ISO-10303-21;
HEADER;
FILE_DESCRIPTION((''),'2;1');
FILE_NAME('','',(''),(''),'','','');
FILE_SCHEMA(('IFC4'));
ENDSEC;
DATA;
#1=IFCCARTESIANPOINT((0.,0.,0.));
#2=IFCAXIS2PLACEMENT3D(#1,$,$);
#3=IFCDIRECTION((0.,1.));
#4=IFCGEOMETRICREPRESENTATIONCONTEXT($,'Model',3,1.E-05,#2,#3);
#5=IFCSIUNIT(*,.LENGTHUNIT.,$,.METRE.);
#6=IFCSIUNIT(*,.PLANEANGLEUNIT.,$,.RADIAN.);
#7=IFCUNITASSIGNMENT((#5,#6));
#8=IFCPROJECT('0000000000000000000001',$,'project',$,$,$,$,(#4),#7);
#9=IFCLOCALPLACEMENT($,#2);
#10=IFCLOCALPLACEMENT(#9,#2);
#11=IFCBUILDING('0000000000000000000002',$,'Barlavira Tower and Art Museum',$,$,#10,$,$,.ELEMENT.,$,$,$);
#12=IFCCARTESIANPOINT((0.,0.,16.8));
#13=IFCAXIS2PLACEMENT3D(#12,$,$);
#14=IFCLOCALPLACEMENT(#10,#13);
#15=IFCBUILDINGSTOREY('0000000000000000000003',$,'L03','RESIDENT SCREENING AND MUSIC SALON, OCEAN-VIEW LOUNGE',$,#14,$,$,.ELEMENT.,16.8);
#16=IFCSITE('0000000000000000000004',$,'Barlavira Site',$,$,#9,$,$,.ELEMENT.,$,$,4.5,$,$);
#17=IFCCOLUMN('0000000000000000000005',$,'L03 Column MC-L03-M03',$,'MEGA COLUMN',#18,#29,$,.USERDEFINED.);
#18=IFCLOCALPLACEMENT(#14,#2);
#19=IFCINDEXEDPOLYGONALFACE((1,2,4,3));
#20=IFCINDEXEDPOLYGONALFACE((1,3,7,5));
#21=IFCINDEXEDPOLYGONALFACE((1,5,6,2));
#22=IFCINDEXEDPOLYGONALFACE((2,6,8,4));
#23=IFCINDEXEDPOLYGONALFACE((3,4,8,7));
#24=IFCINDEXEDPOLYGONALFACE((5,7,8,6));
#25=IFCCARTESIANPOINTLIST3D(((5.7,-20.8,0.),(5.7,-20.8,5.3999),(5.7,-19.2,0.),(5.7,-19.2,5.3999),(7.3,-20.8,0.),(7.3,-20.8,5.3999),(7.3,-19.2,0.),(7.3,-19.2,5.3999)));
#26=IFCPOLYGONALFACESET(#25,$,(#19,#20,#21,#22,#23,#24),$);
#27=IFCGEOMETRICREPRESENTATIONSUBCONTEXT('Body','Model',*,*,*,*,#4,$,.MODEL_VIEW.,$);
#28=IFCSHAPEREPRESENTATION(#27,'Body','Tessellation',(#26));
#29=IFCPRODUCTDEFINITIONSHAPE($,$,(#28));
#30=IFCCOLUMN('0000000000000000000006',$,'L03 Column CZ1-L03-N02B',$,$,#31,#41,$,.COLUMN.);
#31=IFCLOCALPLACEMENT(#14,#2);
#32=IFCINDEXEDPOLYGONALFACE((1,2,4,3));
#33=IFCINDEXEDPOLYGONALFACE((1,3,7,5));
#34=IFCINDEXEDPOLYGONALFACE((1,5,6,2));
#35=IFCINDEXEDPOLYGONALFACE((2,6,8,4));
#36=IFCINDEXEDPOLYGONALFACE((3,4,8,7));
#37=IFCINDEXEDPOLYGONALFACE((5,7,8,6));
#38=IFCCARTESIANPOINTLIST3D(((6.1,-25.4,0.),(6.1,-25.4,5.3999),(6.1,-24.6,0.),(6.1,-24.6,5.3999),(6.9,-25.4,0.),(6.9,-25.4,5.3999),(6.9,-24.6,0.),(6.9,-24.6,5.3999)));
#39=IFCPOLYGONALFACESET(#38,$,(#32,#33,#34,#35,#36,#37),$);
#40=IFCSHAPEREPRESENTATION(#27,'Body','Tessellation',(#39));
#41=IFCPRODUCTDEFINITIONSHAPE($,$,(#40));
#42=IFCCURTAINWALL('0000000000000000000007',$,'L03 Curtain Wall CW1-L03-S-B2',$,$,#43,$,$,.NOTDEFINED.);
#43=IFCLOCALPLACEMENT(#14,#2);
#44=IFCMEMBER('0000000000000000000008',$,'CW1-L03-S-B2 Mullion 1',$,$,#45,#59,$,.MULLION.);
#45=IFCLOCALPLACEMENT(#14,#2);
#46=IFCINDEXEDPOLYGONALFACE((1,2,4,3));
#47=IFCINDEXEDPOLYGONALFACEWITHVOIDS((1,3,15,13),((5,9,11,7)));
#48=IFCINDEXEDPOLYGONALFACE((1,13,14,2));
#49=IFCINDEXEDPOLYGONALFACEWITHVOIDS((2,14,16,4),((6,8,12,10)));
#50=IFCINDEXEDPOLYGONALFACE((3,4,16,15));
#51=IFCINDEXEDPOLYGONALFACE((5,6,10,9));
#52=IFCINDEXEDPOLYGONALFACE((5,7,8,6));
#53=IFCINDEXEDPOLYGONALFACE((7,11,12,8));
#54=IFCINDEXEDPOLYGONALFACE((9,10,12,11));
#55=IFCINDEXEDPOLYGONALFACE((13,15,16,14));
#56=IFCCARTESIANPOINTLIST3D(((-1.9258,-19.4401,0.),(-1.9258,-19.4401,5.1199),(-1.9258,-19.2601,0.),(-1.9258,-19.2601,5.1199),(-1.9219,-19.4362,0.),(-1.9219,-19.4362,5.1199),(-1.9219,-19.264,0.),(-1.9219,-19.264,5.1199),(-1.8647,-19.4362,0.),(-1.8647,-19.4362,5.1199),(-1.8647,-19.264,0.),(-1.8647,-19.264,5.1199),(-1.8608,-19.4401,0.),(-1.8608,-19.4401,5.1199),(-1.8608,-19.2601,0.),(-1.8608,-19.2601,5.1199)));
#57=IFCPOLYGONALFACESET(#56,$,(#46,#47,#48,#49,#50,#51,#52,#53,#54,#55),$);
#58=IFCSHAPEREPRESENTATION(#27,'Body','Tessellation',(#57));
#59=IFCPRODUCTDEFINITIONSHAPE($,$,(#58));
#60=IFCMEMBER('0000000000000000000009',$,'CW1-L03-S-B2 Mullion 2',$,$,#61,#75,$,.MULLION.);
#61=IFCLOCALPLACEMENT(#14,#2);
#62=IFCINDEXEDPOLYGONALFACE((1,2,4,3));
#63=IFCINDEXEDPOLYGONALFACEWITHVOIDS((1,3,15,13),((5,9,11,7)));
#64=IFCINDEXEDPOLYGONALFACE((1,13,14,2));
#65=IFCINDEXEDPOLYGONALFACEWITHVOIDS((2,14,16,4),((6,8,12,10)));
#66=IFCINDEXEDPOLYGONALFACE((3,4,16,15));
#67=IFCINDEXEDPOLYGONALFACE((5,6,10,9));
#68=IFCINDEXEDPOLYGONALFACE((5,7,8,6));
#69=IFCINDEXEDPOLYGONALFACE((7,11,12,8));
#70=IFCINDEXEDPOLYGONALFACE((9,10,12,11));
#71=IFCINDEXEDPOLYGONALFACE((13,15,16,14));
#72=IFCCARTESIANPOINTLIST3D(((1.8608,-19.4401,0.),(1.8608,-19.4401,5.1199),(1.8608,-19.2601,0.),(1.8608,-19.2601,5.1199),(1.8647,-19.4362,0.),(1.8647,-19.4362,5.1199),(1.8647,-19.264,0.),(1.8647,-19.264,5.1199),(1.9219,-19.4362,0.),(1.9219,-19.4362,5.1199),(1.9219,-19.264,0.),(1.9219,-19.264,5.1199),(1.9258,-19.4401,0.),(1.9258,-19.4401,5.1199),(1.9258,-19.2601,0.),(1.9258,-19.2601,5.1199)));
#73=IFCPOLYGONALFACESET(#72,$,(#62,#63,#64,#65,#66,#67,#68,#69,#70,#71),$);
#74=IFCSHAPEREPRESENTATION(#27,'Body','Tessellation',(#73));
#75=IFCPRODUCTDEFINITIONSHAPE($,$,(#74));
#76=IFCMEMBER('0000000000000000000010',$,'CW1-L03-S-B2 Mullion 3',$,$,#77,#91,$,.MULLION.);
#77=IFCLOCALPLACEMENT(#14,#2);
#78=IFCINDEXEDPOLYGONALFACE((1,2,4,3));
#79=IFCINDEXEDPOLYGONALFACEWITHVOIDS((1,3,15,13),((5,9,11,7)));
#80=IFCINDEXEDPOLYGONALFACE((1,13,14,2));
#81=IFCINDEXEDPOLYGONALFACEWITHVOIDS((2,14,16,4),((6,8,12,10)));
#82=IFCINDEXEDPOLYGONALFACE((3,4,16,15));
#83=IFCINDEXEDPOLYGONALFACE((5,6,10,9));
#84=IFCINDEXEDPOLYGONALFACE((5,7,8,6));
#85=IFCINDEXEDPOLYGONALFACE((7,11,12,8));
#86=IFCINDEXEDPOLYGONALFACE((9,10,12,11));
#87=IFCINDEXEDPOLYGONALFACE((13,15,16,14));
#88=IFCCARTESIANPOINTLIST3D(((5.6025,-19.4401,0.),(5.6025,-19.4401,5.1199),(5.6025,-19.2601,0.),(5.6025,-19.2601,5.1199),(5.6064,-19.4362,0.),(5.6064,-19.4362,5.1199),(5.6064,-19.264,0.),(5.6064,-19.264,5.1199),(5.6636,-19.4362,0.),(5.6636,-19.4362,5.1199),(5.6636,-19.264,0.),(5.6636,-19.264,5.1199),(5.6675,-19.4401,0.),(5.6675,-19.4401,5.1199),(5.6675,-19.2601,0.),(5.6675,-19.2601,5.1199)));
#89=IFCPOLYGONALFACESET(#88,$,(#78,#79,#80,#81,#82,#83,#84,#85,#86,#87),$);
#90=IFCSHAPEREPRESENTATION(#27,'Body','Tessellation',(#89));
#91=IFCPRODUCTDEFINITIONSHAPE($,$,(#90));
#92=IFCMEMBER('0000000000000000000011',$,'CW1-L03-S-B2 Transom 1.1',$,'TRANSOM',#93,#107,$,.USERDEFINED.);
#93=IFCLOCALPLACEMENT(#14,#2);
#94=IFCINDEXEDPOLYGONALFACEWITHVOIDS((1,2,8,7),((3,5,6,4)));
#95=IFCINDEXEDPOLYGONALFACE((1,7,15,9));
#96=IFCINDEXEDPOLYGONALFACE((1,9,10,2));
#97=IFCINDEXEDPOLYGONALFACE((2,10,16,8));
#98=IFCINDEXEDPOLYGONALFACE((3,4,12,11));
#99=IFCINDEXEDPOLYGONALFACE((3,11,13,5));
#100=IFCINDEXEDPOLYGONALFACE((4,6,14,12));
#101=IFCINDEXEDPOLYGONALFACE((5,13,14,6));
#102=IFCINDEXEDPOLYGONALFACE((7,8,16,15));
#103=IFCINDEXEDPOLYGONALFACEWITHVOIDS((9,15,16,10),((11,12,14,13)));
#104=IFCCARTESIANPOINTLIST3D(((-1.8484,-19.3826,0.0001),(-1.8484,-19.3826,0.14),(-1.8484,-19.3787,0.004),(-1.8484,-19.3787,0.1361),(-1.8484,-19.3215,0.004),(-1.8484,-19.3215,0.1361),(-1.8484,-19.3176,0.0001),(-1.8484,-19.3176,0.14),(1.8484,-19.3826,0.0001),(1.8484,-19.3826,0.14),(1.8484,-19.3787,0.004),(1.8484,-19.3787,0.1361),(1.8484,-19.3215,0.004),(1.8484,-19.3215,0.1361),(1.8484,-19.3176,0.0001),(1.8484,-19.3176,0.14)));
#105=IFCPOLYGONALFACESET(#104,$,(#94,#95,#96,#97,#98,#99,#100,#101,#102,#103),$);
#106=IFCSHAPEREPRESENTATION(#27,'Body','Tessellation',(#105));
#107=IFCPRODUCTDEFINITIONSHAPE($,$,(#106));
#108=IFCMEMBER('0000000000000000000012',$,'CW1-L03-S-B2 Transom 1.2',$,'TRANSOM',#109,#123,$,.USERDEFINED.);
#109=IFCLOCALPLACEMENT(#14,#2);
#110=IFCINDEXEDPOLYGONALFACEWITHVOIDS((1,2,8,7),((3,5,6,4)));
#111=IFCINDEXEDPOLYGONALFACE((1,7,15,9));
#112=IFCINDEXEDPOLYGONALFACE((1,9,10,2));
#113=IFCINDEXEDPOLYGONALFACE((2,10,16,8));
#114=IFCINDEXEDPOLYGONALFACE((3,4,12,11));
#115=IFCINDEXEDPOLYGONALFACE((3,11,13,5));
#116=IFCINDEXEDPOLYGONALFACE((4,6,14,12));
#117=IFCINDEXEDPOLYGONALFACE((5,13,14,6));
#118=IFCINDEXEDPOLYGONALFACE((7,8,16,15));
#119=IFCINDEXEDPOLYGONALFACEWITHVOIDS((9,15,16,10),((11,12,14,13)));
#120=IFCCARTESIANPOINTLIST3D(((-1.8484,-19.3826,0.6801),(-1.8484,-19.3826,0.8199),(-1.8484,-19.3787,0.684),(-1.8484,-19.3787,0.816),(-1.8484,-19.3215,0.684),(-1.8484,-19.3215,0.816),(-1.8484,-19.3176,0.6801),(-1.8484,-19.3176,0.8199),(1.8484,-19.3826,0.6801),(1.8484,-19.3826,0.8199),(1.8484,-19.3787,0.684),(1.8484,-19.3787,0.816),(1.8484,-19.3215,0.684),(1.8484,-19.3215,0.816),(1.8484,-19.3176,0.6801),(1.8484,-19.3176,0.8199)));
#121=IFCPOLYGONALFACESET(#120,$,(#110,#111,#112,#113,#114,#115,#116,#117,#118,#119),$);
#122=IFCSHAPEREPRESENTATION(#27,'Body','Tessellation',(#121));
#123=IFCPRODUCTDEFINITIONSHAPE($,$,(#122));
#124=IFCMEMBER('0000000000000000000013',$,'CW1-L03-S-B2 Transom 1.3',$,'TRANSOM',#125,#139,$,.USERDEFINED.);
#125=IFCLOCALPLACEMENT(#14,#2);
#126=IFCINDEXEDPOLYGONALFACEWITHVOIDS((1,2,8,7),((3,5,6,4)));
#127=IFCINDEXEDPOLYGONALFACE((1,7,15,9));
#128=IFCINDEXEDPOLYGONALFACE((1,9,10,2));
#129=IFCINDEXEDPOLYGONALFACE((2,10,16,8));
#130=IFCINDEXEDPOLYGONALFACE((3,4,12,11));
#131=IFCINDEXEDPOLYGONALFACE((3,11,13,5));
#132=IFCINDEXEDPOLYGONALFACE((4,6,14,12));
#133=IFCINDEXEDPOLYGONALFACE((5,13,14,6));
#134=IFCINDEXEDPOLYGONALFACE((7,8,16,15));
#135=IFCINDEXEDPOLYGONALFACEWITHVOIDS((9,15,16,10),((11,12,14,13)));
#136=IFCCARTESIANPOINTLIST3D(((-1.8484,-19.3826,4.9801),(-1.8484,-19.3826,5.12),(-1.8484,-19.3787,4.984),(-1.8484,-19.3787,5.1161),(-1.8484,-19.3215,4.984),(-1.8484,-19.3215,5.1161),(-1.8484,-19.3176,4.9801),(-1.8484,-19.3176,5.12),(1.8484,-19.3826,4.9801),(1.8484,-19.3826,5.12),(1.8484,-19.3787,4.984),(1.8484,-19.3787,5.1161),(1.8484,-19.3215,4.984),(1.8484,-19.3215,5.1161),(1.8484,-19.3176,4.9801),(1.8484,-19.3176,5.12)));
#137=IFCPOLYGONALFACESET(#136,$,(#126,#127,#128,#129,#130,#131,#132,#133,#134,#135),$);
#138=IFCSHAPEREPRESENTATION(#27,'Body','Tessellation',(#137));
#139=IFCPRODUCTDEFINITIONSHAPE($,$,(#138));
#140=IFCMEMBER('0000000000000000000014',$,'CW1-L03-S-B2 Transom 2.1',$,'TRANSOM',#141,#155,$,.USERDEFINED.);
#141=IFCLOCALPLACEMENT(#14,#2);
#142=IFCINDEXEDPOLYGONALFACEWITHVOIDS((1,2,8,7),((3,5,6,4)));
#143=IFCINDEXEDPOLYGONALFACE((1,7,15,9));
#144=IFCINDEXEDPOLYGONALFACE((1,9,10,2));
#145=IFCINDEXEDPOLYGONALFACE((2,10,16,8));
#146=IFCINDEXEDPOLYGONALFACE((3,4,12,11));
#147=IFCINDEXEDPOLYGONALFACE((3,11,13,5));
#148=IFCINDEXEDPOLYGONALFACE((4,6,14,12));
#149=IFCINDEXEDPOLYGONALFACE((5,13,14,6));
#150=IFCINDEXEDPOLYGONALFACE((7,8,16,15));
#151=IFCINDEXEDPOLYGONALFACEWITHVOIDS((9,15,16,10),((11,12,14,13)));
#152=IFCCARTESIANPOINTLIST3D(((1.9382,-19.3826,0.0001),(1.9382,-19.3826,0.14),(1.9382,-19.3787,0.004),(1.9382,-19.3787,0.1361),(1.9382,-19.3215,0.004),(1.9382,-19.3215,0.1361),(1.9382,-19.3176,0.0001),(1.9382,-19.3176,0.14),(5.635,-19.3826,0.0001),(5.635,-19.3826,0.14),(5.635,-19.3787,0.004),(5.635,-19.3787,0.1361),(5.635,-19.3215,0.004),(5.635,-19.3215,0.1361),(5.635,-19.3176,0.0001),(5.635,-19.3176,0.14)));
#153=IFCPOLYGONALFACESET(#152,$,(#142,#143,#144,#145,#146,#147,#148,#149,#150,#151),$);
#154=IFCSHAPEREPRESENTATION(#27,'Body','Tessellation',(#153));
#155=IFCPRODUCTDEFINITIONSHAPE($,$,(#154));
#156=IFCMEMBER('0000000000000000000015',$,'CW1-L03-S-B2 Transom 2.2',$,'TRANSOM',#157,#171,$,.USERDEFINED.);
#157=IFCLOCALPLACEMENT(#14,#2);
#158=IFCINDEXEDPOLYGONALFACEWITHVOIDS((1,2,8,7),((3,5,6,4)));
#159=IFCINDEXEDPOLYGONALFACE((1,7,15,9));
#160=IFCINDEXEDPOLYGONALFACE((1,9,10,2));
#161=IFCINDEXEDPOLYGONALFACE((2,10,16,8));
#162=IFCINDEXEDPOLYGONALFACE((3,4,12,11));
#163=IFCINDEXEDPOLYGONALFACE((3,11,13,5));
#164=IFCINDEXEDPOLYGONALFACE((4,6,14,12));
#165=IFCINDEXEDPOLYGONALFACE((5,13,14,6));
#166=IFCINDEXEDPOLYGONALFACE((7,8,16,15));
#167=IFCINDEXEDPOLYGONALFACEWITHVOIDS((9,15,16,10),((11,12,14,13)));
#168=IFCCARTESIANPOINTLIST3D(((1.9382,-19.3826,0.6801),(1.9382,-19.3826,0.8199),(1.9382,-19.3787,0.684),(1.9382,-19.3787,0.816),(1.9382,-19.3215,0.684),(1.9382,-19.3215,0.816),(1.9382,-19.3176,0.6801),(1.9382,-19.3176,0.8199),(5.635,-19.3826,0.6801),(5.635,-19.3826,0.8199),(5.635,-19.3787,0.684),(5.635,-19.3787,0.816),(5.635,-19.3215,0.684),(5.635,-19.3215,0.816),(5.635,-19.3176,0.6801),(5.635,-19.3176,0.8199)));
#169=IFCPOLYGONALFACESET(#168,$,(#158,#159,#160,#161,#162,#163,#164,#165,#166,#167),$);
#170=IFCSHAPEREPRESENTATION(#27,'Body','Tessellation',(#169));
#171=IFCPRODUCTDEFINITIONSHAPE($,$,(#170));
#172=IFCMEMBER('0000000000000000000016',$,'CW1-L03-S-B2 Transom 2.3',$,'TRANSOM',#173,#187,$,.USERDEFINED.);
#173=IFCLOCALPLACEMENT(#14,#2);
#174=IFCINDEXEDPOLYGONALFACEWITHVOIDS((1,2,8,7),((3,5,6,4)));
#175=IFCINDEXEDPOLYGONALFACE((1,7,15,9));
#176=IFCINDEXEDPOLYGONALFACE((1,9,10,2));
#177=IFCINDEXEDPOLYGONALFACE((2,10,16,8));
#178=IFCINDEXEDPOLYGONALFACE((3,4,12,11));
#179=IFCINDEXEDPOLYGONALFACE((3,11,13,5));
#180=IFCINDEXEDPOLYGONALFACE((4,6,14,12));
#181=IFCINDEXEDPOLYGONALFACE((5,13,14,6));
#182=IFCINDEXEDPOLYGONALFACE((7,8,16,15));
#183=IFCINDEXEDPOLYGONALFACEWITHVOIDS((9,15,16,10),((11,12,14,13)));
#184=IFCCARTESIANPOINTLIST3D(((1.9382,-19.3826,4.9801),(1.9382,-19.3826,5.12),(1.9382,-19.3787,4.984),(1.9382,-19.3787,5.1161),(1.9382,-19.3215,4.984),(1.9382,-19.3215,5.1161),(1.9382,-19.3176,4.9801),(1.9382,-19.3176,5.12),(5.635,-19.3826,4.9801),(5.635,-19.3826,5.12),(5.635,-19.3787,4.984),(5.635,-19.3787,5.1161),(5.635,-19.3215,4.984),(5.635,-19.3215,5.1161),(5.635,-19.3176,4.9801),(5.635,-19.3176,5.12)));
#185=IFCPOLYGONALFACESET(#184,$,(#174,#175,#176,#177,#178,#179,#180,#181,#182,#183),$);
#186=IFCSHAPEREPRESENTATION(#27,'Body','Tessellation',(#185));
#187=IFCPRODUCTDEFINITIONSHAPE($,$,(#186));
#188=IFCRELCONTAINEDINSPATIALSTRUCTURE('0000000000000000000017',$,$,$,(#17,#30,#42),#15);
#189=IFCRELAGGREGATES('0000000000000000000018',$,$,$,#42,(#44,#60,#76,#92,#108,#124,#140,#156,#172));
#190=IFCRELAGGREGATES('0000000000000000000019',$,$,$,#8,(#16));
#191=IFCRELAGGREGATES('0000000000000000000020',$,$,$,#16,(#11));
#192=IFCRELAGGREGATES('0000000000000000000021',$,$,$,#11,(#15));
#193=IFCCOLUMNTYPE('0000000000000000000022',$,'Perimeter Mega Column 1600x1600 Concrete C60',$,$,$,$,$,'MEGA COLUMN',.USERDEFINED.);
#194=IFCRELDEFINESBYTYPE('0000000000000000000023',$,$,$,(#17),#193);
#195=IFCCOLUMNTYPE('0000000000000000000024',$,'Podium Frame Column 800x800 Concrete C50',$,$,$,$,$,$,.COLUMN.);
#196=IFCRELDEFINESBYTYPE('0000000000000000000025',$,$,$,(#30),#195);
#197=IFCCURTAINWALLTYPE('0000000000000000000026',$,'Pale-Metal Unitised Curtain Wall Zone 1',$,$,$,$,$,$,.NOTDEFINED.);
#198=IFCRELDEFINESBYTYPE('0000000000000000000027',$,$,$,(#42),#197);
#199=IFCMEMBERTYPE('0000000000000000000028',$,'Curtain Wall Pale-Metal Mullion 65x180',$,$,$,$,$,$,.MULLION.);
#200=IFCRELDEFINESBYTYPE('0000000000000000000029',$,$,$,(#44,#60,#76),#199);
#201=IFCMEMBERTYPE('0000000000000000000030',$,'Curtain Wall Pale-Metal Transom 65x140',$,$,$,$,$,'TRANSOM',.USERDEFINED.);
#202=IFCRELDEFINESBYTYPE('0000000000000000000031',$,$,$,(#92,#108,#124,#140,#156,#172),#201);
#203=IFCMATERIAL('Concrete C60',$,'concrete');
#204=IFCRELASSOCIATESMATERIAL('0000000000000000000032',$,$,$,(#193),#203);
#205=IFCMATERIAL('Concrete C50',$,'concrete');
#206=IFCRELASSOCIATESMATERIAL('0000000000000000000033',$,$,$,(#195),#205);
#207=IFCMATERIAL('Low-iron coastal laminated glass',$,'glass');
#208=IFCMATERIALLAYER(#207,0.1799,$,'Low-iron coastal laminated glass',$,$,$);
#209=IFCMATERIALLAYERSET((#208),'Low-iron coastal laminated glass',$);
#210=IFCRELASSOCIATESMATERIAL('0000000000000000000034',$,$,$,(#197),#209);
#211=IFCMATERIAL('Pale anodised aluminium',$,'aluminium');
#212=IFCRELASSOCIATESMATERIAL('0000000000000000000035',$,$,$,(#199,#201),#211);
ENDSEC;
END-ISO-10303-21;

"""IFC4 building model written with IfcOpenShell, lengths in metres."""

from ifc_helpers import new_model, si_unit, direction, frame, origin, origin_2d, place, context, subcontext, project, spatial, rectangle, hollow_rectangle, extrude, material, layer, layer_set, material_profile, profile_set, type_object, element, aggregate, save


model = new_model("IFC4")

# Units and contexts
model_context = context("Model", 3, precision=1e-05, world=origin(), true_north=direction((0.0, 1.0)))
body_context = subcontext(model_context, "Body", "Model", "MODEL_VIEW")
ifc_project = project(units=[si_unit("LENGTHUNIT", "METRE"), si_unit("PLANEANGLEUNIT", "RADIAN")], contexts=[model_context])

# Site, building, storey
site_placement = place(None, origin())
site = spatial("IfcSite", under=ifc_project, at=site_placement, Name="Barlavira Site", CompositionType="ELEMENT", RefElevation=4.5)
building_placement = place(site_placement, origin())
building = spatial("IfcBuilding", under=site, at=building_placement, Name="Barlavira Tower and Art Museum", CompositionType="ELEMENT")
storey_placement = place(building_placement, frame((0.0, 0.0, 16.8)))
storey = spatial("IfcBuildingStorey", under=building, at=storey_placement, Name="L03", Description="RESIDENT SCREENING AND MUSIC SALON, OCEAN-VIEW LOUNGE", CompositionType="ELEMENT", Elevation=16.8)

# Columns
ifc_material_1 = material(Name="Concrete C60", Category="concrete")
ifc_material_profile_1 = material_profile(ifc_material_1, rectangle(XDim=1.6001, YDim=1.6001, at=origin_2d()), Name="RC-MCOL 1600x1600")
ifc_profile_set_1 = profile_set([ifc_material_profile_1], Name="Concrete C60")
column_type_1 = type_object("IfcColumnType", Name="Perimeter Mega Column 1600x1600 Concrete C60", ElementType="MEGA COLUMN", PredefinedType="USERDEFINED", material=ifc_profile_set_1)
column_1_placement = place(storey_placement, frame((6.5, -20.0, 0.0), z_axis=(0.0, 0.0, 1.0), x_axis=(1.0, 0.0, 0.0)))
element("IfcColumn", 1, at=column_1_placement, inside=storey, type_object=column_type_1, Name="L03 Column MC-L03-M03", ObjectType="MEGA COLUMN", PredefinedType="USERDEFINED", context=body_context, shape_type="SweptSolid", body=[
    extrude(rectangle(XDim=1.6001, YDim=1.6001, at=origin_2d()), origin(), (0.0, 0.0, 1.0), 5.3999),
])
ifc_material_2 = material(Name="Concrete C50", Category="concrete")
ifc_material_profile_2 = material_profile(ifc_material_2, rectangle(XDim=0.8, YDim=0.8, at=origin_2d()), Name="RC-COL 800x800")
ifc_profile_set_2 = profile_set([ifc_material_profile_2], Name="Concrete C50")
column_type_2 = type_object("IfcColumnType", Name="Podium Frame Column 800x800 Concrete C50", PredefinedType="COLUMN", material=ifc_profile_set_2)
column_2_placement = place(storey_placement, frame((6.5, -25.0, 0.0), z_axis=(0.0, 0.0, 1.0), x_axis=(1.0, 0.0, 0.0)))
element("IfcColumn", 2, at=column_2_placement, inside=storey, type_object=column_type_2, Name="L03 Column CZ1-L03-N02B", PredefinedType="COLUMN", context=body_context, shape_type="SweptSolid", body=[
    extrude(rectangle(XDim=0.8, YDim=0.8, at=origin_2d()), origin(), (0.0, 0.0, 1.0), 5.3999),
])

# Curtain wall, members
ifc_material_3 = material(Name="Low-iron coastal laminated glass", Category="glass")
ifc_layer_1 = layer(ifc_material_3, 0.1799, Name="Low-iron coastal laminated glass")
ifc_layer_set_1 = layer_set([ifc_layer_1], Name="Low-iron coastal laminated glass")
curtain_wall_type = type_object("IfcCurtainWallType", Name="Pale-Metal Unitised Curtain Wall Zone 1", PredefinedType="NOTDEFINED", material=ifc_layer_set_1)
curtain_wall_placement = place(storey_placement, origin())
curtain_wall = element("IfcCurtainWall", 3, at=curtain_wall_placement, inside=storey, type_object=curtain_wall_type, Name="L03 Curtain Wall CW1-L03-S-B2", PredefinedType="NOTDEFINED")
ifc_material_4 = material(Name="Pale anodised aluminium", Category="aluminium")
ifc_material_profile_3 = material_profile(ifc_material_4, hollow_rectangle(XDim=0.0649, YDim=0.1799, WallThickness=0.0039, at=origin_2d()), Name="ALU-MULL 65x180x4")
ifc_profile_set_3 = profile_set([ifc_material_profile_3], Name="Pale anodised aluminium")
member_type_1 = type_object("IfcMemberType", Name="Curtain Wall Pale-Metal Mullion 65x180", PredefinedType="MULLION", material=ifc_profile_set_3)
member_1_placement = place(storey_placement, frame((-1.8933, -19.3501, 0.0), z_axis=(0.0, 0.0, 1.0), x_axis=(1.0, 0.0, 0.0)))
member_1 = element("IfcMember", 4, at=member_1_placement, type_object=member_type_1, Name="CW1-L03-S-B2 Mullion 1", PredefinedType="MULLION", context=body_context, shape_type="SweptSolid", body=[
    extrude(hollow_rectangle(XDim=0.0649, YDim=0.1799, WallThickness=0.0039, at=origin_2d()), origin(), (0.0, 0.0, 1.0), 5.1199),
])
member_2_placement = place(storey_placement, frame((1.8933, -19.3501, 0.0), z_axis=(0.0, 0.0, 1.0), x_axis=(1.0, 0.0, 0.0)))
member_2 = element("IfcMember", 5, at=member_2_placement, type_object=member_type_1, Name="CW1-L03-S-B2 Mullion 2", PredefinedType="MULLION", context=body_context, shape_type="SweptSolid", body=[
    extrude(hollow_rectangle(XDim=0.0649, YDim=0.1799, WallThickness=0.0039, at=origin_2d()), origin(), (0.0, 0.0, 1.0), 5.1199),
])
member_3_placement = place(storey_placement, frame((5.635, -19.3501, 0.0), z_axis=(0.0, 0.0, 1.0), x_axis=(1.0, 0.0, 0.0)))
member_3 = element("IfcMember", 6, at=member_3_placement, type_object=member_type_1, Name="CW1-L03-S-B2 Mullion 3", PredefinedType="MULLION", context=body_context, shape_type="SweptSolid", body=[
    extrude(hollow_rectangle(XDim=0.0649, YDim=0.1799, WallThickness=0.0039, at=origin_2d()), origin(), (0.0, 0.0, 1.0), 5.1199),
])
ifc_material_profile_4 = material_profile(ifc_material_4, hollow_rectangle(XDim=0.0649, YDim=0.1399, WallThickness=0.0039, at=origin_2d()), Name="ALU-TRAN 65x140x4")
ifc_profile_set_4 = profile_set([ifc_material_profile_4], Name="Pale anodised aluminium")
member_type_2 = type_object("IfcMemberType", Name="Curtain Wall Pale-Metal Transom 65x140", ElementType="TRANSOM", PredefinedType="USERDEFINED", material=ifc_profile_set_4)
member_4_placement = place(storey_placement, frame((-1.8484, -19.3501, 0.0701), z_axis=(1.0, 0.0, 0.0), x_axis=(0.0, 1.0, 0.0)))
member_4 = element("IfcMember", 7, at=member_4_placement, type_object=member_type_2, Name="CW1-L03-S-B2 Transom 1.1", ObjectType="TRANSOM", PredefinedType="USERDEFINED", context=body_context, shape_type="SweptSolid", body=[
    extrude(hollow_rectangle(XDim=0.0649, YDim=0.1399, WallThickness=0.0039, at=origin_2d()), origin(), (0.0, 0.0, 1.0), 3.6968),
])
member_5_placement = place(storey_placement, frame((-1.8484, -19.3501, 0.75), z_axis=(1.0, 0.0, 0.0), x_axis=(0.0, 1.0, 0.0)))
member_5 = element("IfcMember", 8, at=member_5_placement, type_object=member_type_2, Name="CW1-L03-S-B2 Transom 1.2", ObjectType="TRANSOM", PredefinedType="USERDEFINED", context=body_context, shape_type="SweptSolid", body=[
    extrude(hollow_rectangle(XDim=0.0649, YDim=0.1399, WallThickness=0.0039, at=origin_2d()), origin(), (0.0, 0.0, 1.0), 3.6968),
])
member_6_placement = place(storey_placement, frame((-1.8484, -19.3501, 5.05), z_axis=(1.0, 0.0, 0.0), x_axis=(0.0, 1.0, 0.0)))
member_6 = element("IfcMember", 9, at=member_6_placement, type_object=member_type_2, Name="CW1-L03-S-B2 Transom 1.3", ObjectType="TRANSOM", PredefinedType="USERDEFINED", context=body_context, shape_type="SweptSolid", body=[
    extrude(hollow_rectangle(XDim=0.0649, YDim=0.1399, WallThickness=0.0039, at=origin_2d()), origin(), (0.0, 0.0, 1.0), 3.6968),
])
member_7_placement = place(storey_placement, frame((1.9382, -19.3501, 0.0701), z_axis=(1.0, 0.0, 0.0), x_axis=(0.0, 1.0, 0.0)))
member_7 = element("IfcMember", 10, at=member_7_placement, type_object=member_type_2, Name="CW1-L03-S-B2 Transom 2.1", ObjectType="TRANSOM", PredefinedType="USERDEFINED", context=body_context, shape_type="SweptSolid", body=[
    extrude(hollow_rectangle(XDim=0.0649, YDim=0.1399, WallThickness=0.0039, at=origin_2d()), origin(), (0.0, 0.0, 1.0), 3.6968),
])
member_8_placement = place(storey_placement, frame((1.9382, -19.3501, 0.75), z_axis=(1.0, 0.0, 0.0), x_axis=(0.0, 1.0, 0.0)))
member_8 = element("IfcMember", 11, at=member_8_placement, type_object=member_type_2, Name="CW1-L03-S-B2 Transom 2.2", ObjectType="TRANSOM", PredefinedType="USERDEFINED", context=body_context, shape_type="SweptSolid", body=[
    extrude(hollow_rectangle(XDim=0.0649, YDim=0.1399, WallThickness=0.0039, at=origin_2d()), origin(), (0.0, 0.0, 1.0), 3.6968),
])
member_9_placement = place(storey_placement, frame((1.9382, -19.3501, 5.05), z_axis=(1.0, 0.0, 0.0), x_axis=(0.0, 1.0, 0.0)))
member_9 = element("IfcMember", 12, at=member_9_placement, type_object=member_type_2, Name="CW1-L03-S-B2 Transom 2.3", ObjectType="TRANSOM", PredefinedType="USERDEFINED", context=body_context, shape_type="SweptSolid", body=[
    extrude(hollow_rectangle(XDim=0.0649, YDim=0.1399, WallThickness=0.0039, at=origin_2d()), origin(), (0.0, 0.0, 1.0), 3.6968),
])

aggregate(curtain_wall, [member_1, member_2, member_3, member_4, member_5, member_6, member_7, member_8, member_9])

save(model, "model.ifc")
